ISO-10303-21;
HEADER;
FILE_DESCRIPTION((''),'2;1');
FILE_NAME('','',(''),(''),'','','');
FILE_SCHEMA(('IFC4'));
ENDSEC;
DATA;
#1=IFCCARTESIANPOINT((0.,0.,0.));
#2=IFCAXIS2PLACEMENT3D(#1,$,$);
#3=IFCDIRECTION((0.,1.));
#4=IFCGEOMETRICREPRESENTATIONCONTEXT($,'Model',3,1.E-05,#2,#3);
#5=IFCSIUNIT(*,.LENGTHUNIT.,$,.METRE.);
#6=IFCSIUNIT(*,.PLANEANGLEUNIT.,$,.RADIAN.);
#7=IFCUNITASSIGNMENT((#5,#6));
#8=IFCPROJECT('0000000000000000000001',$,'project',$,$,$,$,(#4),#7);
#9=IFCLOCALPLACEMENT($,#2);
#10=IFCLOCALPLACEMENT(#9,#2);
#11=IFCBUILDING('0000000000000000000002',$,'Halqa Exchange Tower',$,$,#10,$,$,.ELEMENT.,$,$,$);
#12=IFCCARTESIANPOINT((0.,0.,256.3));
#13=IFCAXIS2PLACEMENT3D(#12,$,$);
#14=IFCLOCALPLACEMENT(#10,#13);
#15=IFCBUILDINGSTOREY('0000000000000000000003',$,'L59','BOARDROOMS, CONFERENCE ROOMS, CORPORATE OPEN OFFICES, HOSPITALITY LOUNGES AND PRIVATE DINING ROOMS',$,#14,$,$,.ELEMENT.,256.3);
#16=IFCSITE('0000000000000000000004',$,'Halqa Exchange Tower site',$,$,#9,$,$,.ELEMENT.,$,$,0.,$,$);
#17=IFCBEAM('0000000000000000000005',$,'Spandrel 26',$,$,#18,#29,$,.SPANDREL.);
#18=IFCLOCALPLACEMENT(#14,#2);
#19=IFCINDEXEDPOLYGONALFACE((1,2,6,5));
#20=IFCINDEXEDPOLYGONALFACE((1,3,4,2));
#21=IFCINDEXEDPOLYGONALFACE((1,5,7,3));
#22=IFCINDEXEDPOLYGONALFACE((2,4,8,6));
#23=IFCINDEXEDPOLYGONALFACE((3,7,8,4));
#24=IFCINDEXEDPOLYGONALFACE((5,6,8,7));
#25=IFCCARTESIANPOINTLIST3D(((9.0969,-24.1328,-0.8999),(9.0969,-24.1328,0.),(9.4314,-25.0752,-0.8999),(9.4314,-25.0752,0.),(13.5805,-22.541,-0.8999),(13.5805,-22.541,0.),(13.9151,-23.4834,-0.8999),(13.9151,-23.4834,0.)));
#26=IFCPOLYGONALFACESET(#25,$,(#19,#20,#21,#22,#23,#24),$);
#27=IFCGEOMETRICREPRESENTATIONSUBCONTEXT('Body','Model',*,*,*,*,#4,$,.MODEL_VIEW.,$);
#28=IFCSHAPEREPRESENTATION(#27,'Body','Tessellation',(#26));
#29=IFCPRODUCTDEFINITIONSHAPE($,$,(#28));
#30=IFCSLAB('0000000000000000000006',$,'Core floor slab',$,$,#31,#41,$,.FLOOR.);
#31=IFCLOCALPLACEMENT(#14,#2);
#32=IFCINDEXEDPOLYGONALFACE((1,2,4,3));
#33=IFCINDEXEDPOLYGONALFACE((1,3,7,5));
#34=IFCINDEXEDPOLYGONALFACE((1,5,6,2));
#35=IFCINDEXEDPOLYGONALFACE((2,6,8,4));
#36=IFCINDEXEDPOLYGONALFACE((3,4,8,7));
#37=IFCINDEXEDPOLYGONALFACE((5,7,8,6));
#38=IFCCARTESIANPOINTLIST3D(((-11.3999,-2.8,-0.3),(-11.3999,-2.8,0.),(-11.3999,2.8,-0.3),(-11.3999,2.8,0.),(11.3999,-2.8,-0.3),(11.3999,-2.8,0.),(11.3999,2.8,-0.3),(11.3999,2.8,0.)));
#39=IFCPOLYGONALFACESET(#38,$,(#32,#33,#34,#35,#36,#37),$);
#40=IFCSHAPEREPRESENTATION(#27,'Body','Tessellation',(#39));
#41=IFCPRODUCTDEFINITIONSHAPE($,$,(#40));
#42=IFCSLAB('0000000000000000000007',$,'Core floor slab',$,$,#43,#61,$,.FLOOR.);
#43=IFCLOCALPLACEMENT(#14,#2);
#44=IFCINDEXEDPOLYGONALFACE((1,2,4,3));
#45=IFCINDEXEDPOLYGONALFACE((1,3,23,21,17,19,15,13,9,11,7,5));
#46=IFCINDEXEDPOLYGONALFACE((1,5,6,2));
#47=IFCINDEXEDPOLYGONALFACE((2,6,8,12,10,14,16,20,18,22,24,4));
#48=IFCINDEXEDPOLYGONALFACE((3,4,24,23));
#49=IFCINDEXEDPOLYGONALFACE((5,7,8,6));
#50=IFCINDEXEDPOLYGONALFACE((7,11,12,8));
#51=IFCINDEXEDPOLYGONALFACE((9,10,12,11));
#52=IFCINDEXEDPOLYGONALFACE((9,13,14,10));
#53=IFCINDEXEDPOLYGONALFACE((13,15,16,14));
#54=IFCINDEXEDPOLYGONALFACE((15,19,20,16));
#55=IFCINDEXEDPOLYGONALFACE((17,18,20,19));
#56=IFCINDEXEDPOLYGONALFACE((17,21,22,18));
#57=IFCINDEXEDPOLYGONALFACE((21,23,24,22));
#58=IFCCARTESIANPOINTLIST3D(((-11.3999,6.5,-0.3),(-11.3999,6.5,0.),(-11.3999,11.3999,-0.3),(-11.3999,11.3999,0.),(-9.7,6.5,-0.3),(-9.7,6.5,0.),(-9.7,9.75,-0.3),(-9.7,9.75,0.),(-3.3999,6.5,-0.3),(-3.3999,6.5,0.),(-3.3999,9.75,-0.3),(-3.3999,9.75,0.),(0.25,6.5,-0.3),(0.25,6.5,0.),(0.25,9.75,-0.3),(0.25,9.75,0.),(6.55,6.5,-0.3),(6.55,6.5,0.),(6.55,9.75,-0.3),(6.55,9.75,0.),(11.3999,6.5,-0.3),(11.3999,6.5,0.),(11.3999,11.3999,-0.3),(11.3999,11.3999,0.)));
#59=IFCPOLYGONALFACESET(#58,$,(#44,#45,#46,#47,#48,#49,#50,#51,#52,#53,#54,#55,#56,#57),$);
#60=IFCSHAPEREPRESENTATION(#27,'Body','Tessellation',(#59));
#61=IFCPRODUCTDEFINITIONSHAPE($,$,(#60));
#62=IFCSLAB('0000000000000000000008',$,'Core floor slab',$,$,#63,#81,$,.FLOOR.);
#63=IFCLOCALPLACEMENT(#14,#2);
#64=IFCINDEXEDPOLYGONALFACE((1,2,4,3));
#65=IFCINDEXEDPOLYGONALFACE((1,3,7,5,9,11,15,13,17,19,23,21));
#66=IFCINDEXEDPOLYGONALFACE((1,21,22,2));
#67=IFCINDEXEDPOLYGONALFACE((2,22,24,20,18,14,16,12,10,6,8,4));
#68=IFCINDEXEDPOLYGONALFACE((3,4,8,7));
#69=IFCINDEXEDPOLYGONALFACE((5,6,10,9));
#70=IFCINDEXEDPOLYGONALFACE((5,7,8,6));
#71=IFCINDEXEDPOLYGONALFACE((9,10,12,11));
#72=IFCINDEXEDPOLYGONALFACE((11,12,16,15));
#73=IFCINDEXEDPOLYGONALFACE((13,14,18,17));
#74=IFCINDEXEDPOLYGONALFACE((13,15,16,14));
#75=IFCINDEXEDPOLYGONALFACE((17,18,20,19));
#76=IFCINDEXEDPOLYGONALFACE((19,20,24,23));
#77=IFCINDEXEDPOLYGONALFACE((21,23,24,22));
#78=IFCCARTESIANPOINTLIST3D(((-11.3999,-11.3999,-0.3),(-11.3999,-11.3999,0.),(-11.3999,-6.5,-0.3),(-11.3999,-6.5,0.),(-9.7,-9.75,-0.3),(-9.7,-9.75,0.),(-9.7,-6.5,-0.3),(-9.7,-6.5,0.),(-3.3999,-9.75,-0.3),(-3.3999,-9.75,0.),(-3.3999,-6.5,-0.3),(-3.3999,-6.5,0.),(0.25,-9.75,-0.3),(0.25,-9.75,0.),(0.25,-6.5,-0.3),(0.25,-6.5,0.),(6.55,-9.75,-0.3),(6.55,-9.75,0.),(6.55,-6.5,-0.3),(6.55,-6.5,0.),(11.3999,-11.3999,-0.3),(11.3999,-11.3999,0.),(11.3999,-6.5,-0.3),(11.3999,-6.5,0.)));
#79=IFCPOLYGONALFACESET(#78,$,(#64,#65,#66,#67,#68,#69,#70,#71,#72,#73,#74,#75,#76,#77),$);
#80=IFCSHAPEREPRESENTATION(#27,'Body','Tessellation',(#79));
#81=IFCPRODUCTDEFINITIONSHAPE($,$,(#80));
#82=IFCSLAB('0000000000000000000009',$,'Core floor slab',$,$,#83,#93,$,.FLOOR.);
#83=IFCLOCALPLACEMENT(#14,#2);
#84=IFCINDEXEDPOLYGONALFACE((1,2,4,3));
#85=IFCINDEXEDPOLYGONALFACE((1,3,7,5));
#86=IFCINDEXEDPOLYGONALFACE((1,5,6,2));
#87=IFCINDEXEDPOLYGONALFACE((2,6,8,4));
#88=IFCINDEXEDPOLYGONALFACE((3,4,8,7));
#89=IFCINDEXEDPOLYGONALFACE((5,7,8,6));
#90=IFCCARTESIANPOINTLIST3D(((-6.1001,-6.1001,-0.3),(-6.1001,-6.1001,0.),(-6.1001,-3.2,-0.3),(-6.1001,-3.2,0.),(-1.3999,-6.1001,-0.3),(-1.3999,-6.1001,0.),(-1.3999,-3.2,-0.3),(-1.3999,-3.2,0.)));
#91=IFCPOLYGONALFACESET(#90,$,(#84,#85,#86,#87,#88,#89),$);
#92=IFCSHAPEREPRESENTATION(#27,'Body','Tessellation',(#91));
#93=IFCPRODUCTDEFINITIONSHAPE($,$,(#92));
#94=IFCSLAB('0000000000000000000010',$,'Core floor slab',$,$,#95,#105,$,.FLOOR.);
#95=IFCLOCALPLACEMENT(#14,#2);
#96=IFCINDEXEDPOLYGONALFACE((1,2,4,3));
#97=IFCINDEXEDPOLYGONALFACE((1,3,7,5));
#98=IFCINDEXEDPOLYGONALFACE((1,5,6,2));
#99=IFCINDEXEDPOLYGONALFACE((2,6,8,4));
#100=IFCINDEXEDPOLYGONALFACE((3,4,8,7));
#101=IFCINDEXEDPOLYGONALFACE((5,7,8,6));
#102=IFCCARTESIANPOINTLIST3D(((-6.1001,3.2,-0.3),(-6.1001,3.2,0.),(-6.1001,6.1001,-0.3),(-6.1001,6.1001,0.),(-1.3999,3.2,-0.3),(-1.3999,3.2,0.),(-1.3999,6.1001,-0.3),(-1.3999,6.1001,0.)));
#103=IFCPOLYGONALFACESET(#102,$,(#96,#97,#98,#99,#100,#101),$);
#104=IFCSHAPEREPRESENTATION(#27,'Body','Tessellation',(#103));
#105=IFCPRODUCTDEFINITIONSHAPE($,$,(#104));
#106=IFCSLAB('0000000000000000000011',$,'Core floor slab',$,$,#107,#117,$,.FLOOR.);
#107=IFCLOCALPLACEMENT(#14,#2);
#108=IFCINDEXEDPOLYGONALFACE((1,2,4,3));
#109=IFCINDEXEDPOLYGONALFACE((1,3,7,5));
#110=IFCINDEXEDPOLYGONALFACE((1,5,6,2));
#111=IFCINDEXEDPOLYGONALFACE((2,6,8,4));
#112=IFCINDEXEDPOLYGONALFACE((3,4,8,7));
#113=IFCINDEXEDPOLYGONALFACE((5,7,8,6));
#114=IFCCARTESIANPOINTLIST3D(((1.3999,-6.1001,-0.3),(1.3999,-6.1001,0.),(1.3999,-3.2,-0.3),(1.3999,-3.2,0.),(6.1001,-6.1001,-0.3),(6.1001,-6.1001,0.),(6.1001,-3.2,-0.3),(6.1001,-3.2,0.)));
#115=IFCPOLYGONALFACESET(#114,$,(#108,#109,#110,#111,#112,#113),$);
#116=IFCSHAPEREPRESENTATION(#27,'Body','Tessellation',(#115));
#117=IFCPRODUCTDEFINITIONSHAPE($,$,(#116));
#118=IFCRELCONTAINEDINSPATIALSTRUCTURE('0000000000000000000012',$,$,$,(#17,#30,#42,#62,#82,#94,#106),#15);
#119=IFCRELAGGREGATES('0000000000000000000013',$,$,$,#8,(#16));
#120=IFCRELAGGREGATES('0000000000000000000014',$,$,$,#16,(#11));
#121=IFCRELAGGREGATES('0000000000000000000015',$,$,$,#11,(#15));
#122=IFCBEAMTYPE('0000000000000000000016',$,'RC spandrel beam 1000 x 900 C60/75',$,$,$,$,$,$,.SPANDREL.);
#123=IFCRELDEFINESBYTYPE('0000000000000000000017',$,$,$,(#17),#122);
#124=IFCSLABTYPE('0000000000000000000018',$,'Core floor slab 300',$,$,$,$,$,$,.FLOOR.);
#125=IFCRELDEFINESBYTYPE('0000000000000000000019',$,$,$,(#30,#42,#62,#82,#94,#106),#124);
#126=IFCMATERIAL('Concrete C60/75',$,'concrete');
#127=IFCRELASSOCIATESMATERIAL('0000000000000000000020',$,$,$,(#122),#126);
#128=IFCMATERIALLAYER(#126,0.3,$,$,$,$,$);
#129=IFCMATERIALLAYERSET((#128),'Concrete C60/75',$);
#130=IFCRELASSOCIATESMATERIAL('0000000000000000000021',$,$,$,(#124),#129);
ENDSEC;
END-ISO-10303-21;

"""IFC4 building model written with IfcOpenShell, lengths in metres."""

from ifc_helpers import new_model, si_unit, direction, frame, origin, origin_2d, place, context, subcontext, project, spatial, polyline, rectangle, outline, extrude, material, layer, layer_set, material_profile, profile_set, type_object, element, save


model = new_model("IFC4")

# Units and contexts
model_context = context("Model", 3, precision=1e-05, world=origin(), true_north=direction((0.0, 1.0)))
body_context = subcontext(model_context, "Body", "Model", "MODEL_VIEW")
ifc_project = project(units=[si_unit("LENGTHUNIT", "METRE"), si_unit("PLANEANGLEUNIT", "RADIAN")], contexts=[model_context])

# Site, building, storey
site_placement = place(None, origin())
site = spatial("IfcSite", under=ifc_project, at=site_placement, Name="Halqa Exchange Tower site", CompositionType="ELEMENT", RefElevation=0.0)
building_placement = place(site_placement, origin())
building = spatial("IfcBuilding", under=site, at=building_placement, Name="Halqa Exchange Tower", CompositionType="ELEMENT")
storey_placement = place(building_placement, frame((0.0, 0.0, 256.3)))
storey = spatial("IfcBuildingStorey", under=building, at=storey_placement, Name="L59", Description="BOARDROOMS, CONFERENCE ROOMS, CORPORATE OPEN OFFICES, HOSPITALITY LOUNGES AND PRIVATE DINING ROOMS", CompositionType="ELEMENT", Elevation=256.3)

# Shared definitions
ifc_material_1 = material(Name="Concrete C60/75", Category="concrete")

# Beam
ifc_material_profile_1 = material_profile(ifc_material_1, rectangle(XDim=1.0, YDim=0.8999, at=origin_2d()), Name="1000 x 900")
ifc_profile_set_1 = profile_set([ifc_material_profile_1], Name="Concrete C60/75")
beam_type_1 = type_object("IfcBeamType", Name="RC spandrel beam 1000 x 900 C60/75", PredefinedType="SPANDREL", material=ifc_profile_set_1)
beam_1_placement = place(storey_placement, frame((9.2642, -24.604, -0.45), z_axis=(0.942373, 0.334564, 0.0), x_axis=(-0.334564, 0.942373, 0.0)))
element("IfcBeam", 1, at=beam_1_placement, inside=storey, type_object=beam_type_1, Name="Spandrel 26", PredefinedType="SPANDREL", context=body_context, shape_type="SweptSolid", body=[
    extrude(rectangle(XDim=1.0, YDim=0.8999, at=origin_2d()), origin(), (0.0, 0.0, 1.0), 4.7578),
])

# Slabs
ifc_layer_1 = layer(ifc_material_1, 0.3)
ifc_layer_set_1 = layer_set([ifc_layer_1], Name="Concrete C60/75")
slab_type_1 = type_object("IfcSlabType", Name="Core floor slab 300", PredefinedType="FLOOR", material=ifc_layer_set_1)
slab_1_placement = place(storey_placement, frame((0.0, 0.0, -0.3)))
element("IfcSlab", 2, at=slab_1_placement, inside=storey, type_object=slab_type_1, Name="Core floor slab", PredefinedType="FLOOR", context=body_context, shape_type="SweptSolid", body=[
    extrude(outline(polyline([(-11.3999, 2.8), (11.3999, 2.8), (11.3999, -2.8), (-11.3999, -2.8), (-11.3999, 2.8)])), origin(), (0.0, 0.0, 1.0), 0.3),
])
slab_2_placement = place(storey_placement, frame((0.0, 0.0, -0.3)))
element("IfcSlab", 3, at=slab_2_placement, inside=storey, type_object=slab_type_1, Name="Core floor slab", PredefinedType="FLOOR", context=body_context, shape_type="SweptSolid", body=[
    extrude(outline(polyline([(-11.3999, 11.3999), (11.3999, 11.3999), (11.3999, 6.5), (6.55, 6.5), (6.55, 9.75), (0.25, 9.75), (0.25, 6.5), (-3.3999, 6.5), (-3.3999, 9.75), (-9.7, 9.75), (-9.7, 6.5), (-11.3999, 6.5), (-11.3999, 11.3999)])), origin(), (0.0, 0.0, 1.0), 0.3),
])
slab_3_placement = place(storey_placement, frame((0.0, 0.0, -0.3)))
element("IfcSlab", 4, at=slab_3_placement, inside=storey, type_object=slab_type_1, Name="Core floor slab", PredefinedType="FLOOR", context=body_context, shape_type="SweptSolid", body=[
    extrude(outline(polyline([(-11.3999, -6.5), (-9.7, -6.5), (-9.7, -9.75), (-3.3999, -9.75), (-3.3999, -6.5), (0.25, -6.5), (0.25, -9.75), (6.55, -9.75), (6.55, -6.5), (11.3999, -6.5), (11.3999, -11.3999), (-11.3999, -11.3999), (-11.3999, -6.5)])), origin(), (0.0, 0.0, 1.0), 0.3),
])
slab_4_placement = place(storey_placement, frame((0.0, 0.0, -0.3)))
element("IfcSlab", 5, at=slab_4_placement, inside=storey, type_object=slab_type_1, Name="Core floor slab", PredefinedType="FLOOR", context=body_context, shape_type="SweptSolid", body=[
    extrude(outline(polyline([(-1.3999, -3.2), (-1.3999, -6.1001), (-6.1001, -6.1001), (-6.1001, -3.2), (-1.3999, -3.2)])), origin(), (0.0, 0.0, 1.0), 0.3),
])
slab_5_placement = place(storey_placement, frame((0.0, 0.0, -0.3)))
element("IfcSlab", 6, at=slab_5_placement, inside=storey, type_object=slab_type_1, Name="Core floor slab", PredefinedType="FLOOR", context=body_context, shape_type="SweptSolid", body=[
    extrude(outline(polyline([(-1.3999, 3.2), (-6.1001, 3.2), (-6.1001, 6.1001), (-1.3999, 6.1001), (-1.3999, 3.2)])), origin(), (0.0, 0.0, 1.0), 0.3),
])
slab_6_placement = place(storey_placement, frame((0.0, 0.0, -0.3)))
element("IfcSlab", 7, at=slab_6_placement, inside=storey, type_object=slab_type_1, Name="Core floor slab", PredefinedType="FLOOR", context=body_context, shape_type="SweptSolid", body=[
    extrude(outline(polyline([(6.1001, -3.2), (6.1001, -6.1001), (1.3999, -6.1001), (1.3999, -3.2), (6.1001, -3.2)])), origin(), (0.0, 0.0, 1.0), 0.3),
])

save(model, "model.ifc")
